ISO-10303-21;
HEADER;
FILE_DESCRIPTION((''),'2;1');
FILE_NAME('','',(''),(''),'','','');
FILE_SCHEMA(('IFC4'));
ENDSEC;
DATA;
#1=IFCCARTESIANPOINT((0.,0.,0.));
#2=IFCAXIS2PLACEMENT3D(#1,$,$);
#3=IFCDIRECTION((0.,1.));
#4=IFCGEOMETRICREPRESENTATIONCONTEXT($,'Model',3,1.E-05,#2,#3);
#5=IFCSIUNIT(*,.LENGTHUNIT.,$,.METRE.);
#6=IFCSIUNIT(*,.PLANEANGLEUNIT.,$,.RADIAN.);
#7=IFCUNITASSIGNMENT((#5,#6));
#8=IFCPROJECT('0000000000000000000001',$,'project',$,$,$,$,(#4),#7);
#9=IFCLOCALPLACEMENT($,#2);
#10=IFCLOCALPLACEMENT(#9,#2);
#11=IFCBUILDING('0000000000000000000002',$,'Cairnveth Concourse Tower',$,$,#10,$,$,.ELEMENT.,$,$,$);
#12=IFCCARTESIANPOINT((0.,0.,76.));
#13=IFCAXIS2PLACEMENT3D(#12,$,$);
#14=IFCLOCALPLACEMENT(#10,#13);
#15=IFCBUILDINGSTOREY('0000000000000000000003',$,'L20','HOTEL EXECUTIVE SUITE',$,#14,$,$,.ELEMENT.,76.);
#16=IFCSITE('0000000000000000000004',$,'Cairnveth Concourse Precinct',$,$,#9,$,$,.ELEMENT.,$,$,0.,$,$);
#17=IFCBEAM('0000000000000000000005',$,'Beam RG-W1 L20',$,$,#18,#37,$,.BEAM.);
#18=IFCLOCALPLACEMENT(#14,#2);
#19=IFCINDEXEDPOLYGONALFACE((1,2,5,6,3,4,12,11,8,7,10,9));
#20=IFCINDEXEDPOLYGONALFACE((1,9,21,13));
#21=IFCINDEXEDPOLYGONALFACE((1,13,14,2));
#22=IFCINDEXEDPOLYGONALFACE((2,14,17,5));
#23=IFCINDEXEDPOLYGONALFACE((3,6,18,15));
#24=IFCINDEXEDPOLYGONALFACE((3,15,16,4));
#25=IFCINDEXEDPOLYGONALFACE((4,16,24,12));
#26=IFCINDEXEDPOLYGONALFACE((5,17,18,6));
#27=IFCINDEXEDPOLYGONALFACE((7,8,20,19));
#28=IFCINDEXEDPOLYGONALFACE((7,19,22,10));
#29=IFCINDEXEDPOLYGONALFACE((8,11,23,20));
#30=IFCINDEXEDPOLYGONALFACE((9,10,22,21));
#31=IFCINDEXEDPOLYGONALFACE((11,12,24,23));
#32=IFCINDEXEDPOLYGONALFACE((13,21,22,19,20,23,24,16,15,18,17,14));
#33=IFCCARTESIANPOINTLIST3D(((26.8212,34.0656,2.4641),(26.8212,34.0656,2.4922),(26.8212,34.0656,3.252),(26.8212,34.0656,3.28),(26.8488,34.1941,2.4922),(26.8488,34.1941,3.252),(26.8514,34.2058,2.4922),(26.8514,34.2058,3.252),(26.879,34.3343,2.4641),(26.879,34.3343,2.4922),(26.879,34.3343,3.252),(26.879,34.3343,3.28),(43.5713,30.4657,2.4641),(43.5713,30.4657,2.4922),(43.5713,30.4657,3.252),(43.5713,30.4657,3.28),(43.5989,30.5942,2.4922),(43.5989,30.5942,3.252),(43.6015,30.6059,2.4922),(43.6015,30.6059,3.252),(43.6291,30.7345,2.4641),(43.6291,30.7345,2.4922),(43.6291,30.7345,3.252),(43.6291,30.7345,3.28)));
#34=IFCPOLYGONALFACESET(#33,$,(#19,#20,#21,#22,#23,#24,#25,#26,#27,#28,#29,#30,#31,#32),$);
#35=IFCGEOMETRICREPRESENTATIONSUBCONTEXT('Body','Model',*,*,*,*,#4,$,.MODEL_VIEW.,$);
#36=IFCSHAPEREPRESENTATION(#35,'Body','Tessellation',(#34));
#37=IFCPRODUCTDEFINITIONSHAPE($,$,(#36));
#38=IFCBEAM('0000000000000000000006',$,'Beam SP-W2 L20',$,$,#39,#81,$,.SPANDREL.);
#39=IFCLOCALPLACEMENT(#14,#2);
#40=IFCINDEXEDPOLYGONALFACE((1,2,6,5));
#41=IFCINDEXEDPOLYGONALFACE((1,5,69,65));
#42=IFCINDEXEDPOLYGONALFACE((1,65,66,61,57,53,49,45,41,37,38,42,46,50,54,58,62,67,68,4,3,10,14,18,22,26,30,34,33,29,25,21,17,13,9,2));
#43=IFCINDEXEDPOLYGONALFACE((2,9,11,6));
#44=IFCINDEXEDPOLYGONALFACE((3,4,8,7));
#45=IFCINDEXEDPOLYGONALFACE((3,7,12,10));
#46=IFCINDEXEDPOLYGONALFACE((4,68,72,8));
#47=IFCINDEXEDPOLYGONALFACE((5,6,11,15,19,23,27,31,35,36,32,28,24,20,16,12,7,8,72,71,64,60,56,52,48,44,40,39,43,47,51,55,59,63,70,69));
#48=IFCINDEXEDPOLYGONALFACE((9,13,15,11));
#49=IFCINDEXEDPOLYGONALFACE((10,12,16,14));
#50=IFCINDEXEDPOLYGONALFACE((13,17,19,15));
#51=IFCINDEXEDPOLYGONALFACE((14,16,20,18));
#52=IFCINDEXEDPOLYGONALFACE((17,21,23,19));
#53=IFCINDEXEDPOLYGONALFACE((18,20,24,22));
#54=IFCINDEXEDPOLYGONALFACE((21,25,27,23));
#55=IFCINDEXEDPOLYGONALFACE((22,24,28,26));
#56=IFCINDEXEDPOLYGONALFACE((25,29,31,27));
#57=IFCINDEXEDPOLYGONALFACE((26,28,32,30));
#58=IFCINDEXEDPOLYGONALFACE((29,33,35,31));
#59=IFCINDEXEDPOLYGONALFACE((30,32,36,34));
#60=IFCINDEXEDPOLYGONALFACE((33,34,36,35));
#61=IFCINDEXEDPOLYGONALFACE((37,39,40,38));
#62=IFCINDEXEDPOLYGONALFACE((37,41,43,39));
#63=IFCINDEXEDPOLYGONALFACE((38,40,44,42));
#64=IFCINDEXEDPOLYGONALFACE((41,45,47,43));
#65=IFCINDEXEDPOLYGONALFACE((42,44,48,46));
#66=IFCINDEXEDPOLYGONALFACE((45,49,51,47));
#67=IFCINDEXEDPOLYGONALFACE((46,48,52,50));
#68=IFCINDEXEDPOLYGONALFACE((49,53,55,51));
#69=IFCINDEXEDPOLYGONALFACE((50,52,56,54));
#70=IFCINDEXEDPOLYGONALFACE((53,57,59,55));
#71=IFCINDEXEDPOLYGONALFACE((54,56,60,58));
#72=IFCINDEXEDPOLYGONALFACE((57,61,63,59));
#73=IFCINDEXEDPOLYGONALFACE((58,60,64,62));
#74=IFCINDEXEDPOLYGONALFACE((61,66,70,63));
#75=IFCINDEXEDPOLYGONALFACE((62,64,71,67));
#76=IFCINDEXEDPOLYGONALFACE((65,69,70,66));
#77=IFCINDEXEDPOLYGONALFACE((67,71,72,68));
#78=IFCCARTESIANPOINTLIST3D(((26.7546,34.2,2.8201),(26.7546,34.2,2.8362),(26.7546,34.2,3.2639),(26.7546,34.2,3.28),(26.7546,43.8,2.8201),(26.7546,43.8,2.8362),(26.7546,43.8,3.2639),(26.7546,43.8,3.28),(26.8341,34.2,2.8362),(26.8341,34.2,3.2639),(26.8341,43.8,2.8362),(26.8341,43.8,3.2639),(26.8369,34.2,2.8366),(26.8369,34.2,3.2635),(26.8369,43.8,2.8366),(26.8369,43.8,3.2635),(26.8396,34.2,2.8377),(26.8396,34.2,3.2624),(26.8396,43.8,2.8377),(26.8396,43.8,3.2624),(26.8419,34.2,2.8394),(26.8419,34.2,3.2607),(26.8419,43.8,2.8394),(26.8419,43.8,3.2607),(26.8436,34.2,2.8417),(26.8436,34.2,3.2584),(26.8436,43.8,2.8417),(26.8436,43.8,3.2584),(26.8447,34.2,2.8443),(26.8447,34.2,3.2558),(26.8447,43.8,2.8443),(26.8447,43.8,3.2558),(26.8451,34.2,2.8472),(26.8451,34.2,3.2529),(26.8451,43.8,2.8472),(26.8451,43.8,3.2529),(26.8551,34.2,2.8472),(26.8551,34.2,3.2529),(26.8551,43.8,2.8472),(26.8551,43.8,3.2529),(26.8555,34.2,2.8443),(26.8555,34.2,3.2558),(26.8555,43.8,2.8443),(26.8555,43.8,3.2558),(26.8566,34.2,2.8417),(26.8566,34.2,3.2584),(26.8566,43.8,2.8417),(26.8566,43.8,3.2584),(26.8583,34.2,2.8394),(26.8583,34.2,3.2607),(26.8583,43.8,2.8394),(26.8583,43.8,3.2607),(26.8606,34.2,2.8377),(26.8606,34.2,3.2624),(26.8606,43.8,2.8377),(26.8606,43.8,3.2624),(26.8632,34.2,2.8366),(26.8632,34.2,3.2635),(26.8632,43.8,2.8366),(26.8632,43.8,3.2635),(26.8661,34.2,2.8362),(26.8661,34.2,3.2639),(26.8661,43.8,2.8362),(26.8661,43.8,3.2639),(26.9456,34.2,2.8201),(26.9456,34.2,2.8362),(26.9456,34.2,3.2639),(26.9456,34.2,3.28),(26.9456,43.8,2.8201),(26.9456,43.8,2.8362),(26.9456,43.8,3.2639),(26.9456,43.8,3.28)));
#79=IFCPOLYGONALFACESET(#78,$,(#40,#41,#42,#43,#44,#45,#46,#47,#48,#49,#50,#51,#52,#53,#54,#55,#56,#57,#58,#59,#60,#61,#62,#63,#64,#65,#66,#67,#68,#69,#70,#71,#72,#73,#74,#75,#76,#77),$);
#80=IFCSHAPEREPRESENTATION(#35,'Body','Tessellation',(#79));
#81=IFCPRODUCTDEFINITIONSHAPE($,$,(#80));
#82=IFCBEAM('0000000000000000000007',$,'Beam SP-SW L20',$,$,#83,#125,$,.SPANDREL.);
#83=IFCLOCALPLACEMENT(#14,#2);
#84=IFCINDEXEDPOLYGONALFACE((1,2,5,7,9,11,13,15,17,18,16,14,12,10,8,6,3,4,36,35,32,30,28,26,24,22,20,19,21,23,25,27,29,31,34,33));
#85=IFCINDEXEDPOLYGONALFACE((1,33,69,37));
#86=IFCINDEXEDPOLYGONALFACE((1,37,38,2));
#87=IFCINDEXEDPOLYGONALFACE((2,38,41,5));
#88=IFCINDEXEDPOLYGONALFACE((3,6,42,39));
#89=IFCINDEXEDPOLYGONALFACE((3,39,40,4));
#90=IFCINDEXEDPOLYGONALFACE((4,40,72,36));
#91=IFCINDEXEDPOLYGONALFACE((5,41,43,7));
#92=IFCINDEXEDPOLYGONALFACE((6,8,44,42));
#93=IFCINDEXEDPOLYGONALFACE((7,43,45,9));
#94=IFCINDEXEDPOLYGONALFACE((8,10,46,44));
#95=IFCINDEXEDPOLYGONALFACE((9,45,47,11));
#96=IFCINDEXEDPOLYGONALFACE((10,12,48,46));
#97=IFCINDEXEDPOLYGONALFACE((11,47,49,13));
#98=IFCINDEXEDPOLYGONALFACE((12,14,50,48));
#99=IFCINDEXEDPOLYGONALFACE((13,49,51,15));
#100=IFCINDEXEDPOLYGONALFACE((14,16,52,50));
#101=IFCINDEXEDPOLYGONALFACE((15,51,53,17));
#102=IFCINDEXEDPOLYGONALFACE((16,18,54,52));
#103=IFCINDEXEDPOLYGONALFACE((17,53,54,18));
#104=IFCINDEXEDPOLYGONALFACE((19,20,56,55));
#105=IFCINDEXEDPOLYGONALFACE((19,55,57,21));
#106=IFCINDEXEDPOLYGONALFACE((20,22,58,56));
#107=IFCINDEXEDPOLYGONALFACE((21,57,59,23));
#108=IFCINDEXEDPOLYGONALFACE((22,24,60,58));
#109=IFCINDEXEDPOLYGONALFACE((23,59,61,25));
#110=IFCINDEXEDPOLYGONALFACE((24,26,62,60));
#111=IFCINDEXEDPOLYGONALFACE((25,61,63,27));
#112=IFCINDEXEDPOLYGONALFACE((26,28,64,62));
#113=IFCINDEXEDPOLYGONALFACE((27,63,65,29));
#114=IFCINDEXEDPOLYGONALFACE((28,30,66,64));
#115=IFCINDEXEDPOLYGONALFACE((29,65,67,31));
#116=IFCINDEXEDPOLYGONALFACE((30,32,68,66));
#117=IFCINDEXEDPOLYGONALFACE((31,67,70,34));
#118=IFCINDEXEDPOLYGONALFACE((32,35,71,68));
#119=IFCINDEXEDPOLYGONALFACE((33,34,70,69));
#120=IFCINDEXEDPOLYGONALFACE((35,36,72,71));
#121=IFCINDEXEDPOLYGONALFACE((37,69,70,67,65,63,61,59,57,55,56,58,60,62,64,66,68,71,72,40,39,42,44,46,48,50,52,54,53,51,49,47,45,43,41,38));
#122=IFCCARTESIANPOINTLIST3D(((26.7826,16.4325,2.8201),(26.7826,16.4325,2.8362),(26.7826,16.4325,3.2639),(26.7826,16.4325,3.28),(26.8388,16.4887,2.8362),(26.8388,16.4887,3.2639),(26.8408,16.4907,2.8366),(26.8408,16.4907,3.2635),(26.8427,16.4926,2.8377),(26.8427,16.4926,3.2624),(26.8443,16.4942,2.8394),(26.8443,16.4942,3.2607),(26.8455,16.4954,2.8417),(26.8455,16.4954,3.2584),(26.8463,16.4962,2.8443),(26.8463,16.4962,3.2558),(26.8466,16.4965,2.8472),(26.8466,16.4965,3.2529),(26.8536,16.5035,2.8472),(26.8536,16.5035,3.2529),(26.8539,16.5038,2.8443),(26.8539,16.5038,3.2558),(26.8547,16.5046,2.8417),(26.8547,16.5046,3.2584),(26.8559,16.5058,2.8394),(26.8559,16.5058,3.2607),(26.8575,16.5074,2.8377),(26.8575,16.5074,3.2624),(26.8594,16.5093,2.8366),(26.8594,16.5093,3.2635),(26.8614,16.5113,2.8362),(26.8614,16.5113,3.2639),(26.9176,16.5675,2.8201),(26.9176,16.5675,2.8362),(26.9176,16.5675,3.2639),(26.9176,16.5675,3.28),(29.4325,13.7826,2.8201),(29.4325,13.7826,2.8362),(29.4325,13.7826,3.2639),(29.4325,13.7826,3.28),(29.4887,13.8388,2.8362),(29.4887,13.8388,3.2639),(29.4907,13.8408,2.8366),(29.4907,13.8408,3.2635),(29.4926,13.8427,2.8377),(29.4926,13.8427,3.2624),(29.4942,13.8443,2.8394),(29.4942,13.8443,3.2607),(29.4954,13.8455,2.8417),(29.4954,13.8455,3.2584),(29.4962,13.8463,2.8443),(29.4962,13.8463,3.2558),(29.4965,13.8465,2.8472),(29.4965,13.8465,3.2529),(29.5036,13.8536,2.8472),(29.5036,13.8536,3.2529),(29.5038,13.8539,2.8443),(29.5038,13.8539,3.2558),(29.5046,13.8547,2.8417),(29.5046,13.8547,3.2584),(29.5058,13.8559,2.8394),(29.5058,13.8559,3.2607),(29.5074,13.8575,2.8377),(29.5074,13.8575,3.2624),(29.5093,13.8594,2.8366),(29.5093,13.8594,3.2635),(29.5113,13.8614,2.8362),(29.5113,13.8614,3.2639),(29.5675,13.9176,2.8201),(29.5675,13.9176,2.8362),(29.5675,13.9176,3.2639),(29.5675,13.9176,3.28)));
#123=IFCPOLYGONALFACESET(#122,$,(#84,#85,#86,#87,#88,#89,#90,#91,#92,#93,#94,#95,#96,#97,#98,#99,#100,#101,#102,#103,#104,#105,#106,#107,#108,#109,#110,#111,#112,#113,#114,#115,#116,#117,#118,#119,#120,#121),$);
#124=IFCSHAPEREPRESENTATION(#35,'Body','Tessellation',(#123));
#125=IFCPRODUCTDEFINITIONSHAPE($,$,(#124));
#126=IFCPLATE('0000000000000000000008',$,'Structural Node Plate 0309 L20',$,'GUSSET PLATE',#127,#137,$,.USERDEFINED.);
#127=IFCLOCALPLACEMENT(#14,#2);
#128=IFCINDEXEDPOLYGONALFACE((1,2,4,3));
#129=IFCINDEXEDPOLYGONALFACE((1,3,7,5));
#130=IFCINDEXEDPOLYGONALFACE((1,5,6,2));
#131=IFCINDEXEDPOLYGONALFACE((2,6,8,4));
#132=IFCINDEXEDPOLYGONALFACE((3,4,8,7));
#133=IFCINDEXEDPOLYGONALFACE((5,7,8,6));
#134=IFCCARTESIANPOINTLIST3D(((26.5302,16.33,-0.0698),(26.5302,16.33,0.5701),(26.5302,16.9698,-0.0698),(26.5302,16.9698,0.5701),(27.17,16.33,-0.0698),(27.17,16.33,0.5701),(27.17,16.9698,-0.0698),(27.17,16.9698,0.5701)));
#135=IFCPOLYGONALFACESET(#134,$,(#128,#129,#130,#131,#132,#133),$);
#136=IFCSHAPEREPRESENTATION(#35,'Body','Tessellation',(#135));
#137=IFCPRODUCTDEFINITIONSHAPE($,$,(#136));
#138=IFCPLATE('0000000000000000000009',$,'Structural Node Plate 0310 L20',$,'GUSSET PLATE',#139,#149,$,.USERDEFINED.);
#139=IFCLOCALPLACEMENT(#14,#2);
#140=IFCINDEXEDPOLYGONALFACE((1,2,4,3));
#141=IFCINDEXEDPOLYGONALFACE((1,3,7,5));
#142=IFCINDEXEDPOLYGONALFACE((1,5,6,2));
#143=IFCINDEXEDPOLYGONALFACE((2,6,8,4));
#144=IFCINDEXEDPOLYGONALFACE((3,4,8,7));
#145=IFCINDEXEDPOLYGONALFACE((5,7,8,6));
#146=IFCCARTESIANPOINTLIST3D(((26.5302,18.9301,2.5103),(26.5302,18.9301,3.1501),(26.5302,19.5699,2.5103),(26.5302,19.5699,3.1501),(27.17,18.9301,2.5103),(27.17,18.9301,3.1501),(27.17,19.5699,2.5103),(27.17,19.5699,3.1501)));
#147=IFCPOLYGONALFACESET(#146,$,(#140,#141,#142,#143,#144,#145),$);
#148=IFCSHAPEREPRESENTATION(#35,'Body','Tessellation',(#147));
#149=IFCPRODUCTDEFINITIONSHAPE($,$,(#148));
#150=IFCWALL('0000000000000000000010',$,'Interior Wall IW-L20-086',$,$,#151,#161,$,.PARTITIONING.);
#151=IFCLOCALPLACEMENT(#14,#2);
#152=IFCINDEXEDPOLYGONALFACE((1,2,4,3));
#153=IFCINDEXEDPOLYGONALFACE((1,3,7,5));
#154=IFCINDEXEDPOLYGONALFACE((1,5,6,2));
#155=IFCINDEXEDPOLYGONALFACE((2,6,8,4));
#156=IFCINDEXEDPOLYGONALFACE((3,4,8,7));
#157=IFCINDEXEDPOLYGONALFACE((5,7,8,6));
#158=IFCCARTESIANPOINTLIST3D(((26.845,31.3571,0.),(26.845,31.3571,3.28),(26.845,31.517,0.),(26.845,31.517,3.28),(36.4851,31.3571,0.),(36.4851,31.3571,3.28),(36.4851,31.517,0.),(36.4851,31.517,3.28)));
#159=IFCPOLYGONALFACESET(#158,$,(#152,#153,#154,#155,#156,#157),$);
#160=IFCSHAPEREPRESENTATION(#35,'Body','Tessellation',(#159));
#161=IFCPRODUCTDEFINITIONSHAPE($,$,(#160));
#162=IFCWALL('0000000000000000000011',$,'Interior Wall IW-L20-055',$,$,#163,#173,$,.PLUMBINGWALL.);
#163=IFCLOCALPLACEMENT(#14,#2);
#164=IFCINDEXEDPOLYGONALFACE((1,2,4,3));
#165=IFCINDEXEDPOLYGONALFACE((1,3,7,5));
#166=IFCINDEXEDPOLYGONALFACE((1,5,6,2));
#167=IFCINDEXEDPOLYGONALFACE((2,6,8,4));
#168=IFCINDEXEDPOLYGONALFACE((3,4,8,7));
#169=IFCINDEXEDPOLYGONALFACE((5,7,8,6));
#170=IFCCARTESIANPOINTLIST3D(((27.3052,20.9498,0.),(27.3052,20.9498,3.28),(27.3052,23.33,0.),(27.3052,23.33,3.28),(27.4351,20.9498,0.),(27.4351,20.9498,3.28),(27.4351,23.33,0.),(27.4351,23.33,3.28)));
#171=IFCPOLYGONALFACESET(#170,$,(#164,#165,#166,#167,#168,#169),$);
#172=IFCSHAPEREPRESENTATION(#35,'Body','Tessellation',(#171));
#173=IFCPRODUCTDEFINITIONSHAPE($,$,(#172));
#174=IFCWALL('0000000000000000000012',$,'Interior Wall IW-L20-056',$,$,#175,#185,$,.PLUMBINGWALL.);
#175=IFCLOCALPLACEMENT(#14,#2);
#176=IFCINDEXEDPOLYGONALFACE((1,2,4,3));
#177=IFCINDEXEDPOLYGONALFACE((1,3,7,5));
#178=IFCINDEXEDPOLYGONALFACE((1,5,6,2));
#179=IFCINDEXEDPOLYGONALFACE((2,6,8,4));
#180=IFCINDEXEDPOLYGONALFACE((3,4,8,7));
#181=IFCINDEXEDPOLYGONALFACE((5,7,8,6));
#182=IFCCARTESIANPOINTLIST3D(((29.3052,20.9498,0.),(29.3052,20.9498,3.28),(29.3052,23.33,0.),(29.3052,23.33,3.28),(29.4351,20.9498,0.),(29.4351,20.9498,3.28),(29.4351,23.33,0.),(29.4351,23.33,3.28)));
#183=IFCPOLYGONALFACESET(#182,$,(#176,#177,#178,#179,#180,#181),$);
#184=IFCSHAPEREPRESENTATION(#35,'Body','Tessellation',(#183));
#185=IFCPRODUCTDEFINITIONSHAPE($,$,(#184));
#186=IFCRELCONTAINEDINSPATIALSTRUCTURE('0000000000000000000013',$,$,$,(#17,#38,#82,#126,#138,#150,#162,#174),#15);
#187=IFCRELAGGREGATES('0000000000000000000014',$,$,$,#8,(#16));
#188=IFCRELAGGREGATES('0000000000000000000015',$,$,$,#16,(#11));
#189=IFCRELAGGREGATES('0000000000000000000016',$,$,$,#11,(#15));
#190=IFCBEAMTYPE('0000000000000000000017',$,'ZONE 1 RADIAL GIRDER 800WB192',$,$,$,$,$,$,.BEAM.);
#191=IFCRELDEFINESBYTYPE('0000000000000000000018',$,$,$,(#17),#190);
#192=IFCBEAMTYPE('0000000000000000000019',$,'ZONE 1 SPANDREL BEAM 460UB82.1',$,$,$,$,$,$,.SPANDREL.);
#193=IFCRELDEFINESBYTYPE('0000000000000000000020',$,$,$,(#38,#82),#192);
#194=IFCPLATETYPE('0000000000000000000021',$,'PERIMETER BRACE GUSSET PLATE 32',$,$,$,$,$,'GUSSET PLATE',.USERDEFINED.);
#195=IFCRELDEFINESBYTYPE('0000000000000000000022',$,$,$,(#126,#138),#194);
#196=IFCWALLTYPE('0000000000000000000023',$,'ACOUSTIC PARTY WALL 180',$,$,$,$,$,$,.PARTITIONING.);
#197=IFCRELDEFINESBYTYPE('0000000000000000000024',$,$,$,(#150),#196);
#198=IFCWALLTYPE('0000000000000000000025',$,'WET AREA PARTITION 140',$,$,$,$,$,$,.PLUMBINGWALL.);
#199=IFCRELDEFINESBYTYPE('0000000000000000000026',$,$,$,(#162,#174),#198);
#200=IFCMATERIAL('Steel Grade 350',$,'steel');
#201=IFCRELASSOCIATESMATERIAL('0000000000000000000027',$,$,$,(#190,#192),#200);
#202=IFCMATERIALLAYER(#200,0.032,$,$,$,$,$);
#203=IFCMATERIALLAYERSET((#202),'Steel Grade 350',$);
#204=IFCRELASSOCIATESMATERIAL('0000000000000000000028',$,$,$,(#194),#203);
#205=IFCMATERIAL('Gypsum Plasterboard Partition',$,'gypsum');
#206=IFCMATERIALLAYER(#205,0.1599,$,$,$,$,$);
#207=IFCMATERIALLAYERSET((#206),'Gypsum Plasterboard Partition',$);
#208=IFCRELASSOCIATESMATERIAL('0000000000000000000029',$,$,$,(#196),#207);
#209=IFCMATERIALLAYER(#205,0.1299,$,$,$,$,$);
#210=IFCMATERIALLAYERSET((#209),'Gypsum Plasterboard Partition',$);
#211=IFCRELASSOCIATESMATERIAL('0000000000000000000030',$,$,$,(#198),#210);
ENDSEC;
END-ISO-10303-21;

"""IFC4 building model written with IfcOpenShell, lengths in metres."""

from ifc_helpers import new_model, si_unit, direction, frame, frame_2d, origin, origin_2d, place, context, subcontext, project, spatial, rectangle, i_section, extrude, material, layer, layer_set, material_profile, profile_set, type_object, element, save


model = new_model("IFC4")

# Units and contexts
model_context = context("Model", 3, precision=1e-05, world=origin(), true_north=direction((0.0, 1.0)))
body_context = subcontext(model_context, "Body", "Model", "MODEL_VIEW")
ifc_project = project(units=[si_unit("LENGTHUNIT", "METRE"), si_unit("PLANEANGLEUNIT", "RADIAN")], contexts=[model_context])

# Site, building, storey
site_placement = place(None, origin())
site = spatial("IfcSite", under=ifc_project, at=site_placement, Name="Cairnveth Concourse Precinct", CompositionType="ELEMENT", RefElevation=0.0)
building_placement = place(site_placement, origin())
building = spatial("IfcBuilding", under=site, at=building_placement, Name="Cairnveth Concourse Tower", CompositionType="ELEMENT")
storey_placement = place(building_placement, frame((0.0, 0.0, 76.0)))
storey = spatial("IfcBuildingStorey", under=building, at=storey_placement, Name="L20", Description="HOTEL EXECUTIVE SUITE", CompositionType="ELEMENT", Elevation=76.0)

# Shared definitions
ifc_material_1 = material(Name="Steel Grade 350", Category="steel")

# Beams
ifc_material_profile_1 = material_profile(ifc_material_1, i_section(OverallWidth=0.2749, OverallDepth=0.8159, WebThickness=0.012, FlangeThickness=0.0281, at=origin_2d()), Name="800WB192")
ifc_profile_set_1 = profile_set([ifc_material_profile_1], Name="Steel Grade 350")
beam_type_1 = type_object("IfcBeamType", Name="ZONE 1 RADIAL GIRDER 800WB192", PredefinedType="BEAM", material=ifc_profile_set_1)
beam_1_placement = place(storey_placement, frame((26.8501, 34.2, 2.8721), z_axis=(0.977676, -0.210119, 0.0), x_axis=(0.210119, 0.977676, 0.0)))
element("IfcBeam", 1, at=beam_1_placement, inside=storey, type_object=beam_type_1, Name="Beam RG-W1 L20", PredefinedType="BEAM", context=body_context, shape_type="SweptSolid", body=[
    extrude(i_section(OverallWidth=0.2749, OverallDepth=0.8159, WebThickness=0.012, FlangeThickness=0.0281, at=origin_2d()), origin(), (0.0, 0.0, 1.0), 17.1326),
])
ifc_material_profile_2 = material_profile(ifc_material_1, i_section(OverallWidth=0.1909, OverallDepth=0.46, WebThickness=0.01, FlangeThickness=0.0161, FilletRadius=0.011, at=origin_2d()), Name="460UB82.1")
ifc_profile_set_2 = profile_set([ifc_material_profile_2], Name="Steel Grade 350")
beam_type_2 = type_object("IfcBeamType", Name="ZONE 1 SPANDREL BEAM 460UB82.1", PredefinedType="SPANDREL", material=ifc_profile_set_2)
beam_2_placement = place(storey_placement, frame((26.8501, 34.2, 3.05), z_axis=(0.0, 1.0, 0.0), x_axis=(-1.0, 0.0, 0.0)))
element("IfcBeam", 2, at=beam_2_placement, inside=storey, type_object=beam_type_2, Name="Beam SP-W2 L20", PredefinedType="SPANDREL", context=body_context, shape_type="SweptSolid", body=[
    extrude(i_section(OverallWidth=0.1909, OverallDepth=0.46, WebThickness=0.01, FlangeThickness=0.0161, FilletRadius=0.011, at=origin_2d()), origin(), (0.0, 0.0, 1.0), 9.6001),
])
beam_3_placement = place(storey_placement, frame((26.8501, 16.5, 3.05), z_axis=(0.707107, -0.707107, 0.0), x_axis=(0.707107, 0.707107, 0.0)))
element("IfcBeam", 3, at=beam_3_placement, inside=storey, type_object=beam_type_2, Name="Beam SP-SW L20", PredefinedType="SPANDREL", context=body_context, shape_type="SweptSolid", body=[
    extrude(i_section(OverallWidth=0.1909, OverallDepth=0.46, WebThickness=0.01, FlangeThickness=0.0161, FilletRadius=0.011, at=origin_2d()), origin(), (0.0, 0.0, 1.0), 3.7476),
])

# Plates
ifc_layer_1 = layer(ifc_material_1, 0.032)
ifc_layer_set_1 = layer_set([ifc_layer_1], Name="Steel Grade 350")
plate_type = type_object("IfcPlateType", Name="PERIMETER BRACE GUSSET PLATE 32", ElementType="GUSSET PLATE", PredefinedType="USERDEFINED", material=ifc_layer_set_1)
for number, where, z_axis, x_axis, name in (
    (4, (26.8501, 16.6499, -0.0698), (0.0, 0.0, 1.0), (1.0, 0.0, 0.0), "Structural Node Plate 0309 L20"),
    (5, (26.8501, 19.25, 2.5103), (0.0, 0.0, 1.0), (1.0, 0.0, 0.0), "Structural Node Plate 0310 L20"),
):
    element("IfcPlate", number, at=place(storey_placement, frame(where, z_axis=z_axis, x_axis=x_axis)), inside=storey, type_object=plate_type, Name=name, ObjectType="GUSSET PLATE", PredefinedType="USERDEFINED", context=body_context, shape_type="SweptSolid", body=[
        extrude(rectangle(XDim=0.6399, YDim=0.6399, at=origin_2d()), origin(), (0.0, 0.0, 1.0), 0.6399),
    ])

# Walls
ifc_material_2 = material(Name="Gypsum Plasterboard Partition", Category="gypsum")
ifc_layer_2 = layer(ifc_material_2, 0.1599)
ifc_layer_set_2 = layer_set([ifc_layer_2], Name="Gypsum Plasterboard Partition")
wall_type_1 = type_object("IfcWallType", Name="ACOUSTIC PARTY WALL 180", PredefinedType="PARTITIONING", material=ifc_layer_set_2)
wall_1_placement = place(storey_placement, frame((26.845, 31.437, 0.0), z_axis=(0.0, 0.0, 1.0), x_axis=(1.0, 0.0, 0.0)))
element("IfcWall", 6, at=wall_1_placement, inside=storey, type_object=wall_type_1, Name="Interior Wall IW-L20-086", PredefinedType="PARTITIONING", context=body_context, shape_type="SweptSolid", body=[
    extrude(rectangle(XDim=9.6401, YDim=0.1599, at=frame_2d((4.8201, 0.0))), origin(), (0.0, 0.0, 1.0), 3.28),
])
ifc_layer_3 = layer(ifc_material_2, 0.1299)
ifc_layer_set_3 = layer_set([ifc_layer_3], Name="Gypsum Plasterboard Partition")
wall_type_2 = type_object("IfcWallType", Name="WET AREA PARTITION 140", PredefinedType="PLUMBINGWALL", material=ifc_layer_set_3)
for number, where, z_axis, x_axis, name in (
    (7, (27.3701, 20.95, 0.0), (0.0, 0.0, 1.0), (0.0, 1.0, 0.0), "Interior Wall IW-L20-055"),
    (8, (29.3701, 20.95, 0.0), (0.0, 0.0, 1.0), (0.0, 1.0, 0.0), "Interior Wall IW-L20-056"),
):
    element("IfcWall", number, at=place(storey_placement, frame(where, z_axis=z_axis, x_axis=x_axis)), inside=storey, type_object=wall_type_2, Name=name, PredefinedType="PLUMBINGWALL", context=body_context, shape_type="SweptSolid", body=[
        extrude(rectangle(XDim=2.3801, YDim=0.1299, at=frame_2d((1.1899, 0.0))), origin(), (0.0, 0.0, 1.0), 3.28),
    ])

save(model, "model.ifc")
